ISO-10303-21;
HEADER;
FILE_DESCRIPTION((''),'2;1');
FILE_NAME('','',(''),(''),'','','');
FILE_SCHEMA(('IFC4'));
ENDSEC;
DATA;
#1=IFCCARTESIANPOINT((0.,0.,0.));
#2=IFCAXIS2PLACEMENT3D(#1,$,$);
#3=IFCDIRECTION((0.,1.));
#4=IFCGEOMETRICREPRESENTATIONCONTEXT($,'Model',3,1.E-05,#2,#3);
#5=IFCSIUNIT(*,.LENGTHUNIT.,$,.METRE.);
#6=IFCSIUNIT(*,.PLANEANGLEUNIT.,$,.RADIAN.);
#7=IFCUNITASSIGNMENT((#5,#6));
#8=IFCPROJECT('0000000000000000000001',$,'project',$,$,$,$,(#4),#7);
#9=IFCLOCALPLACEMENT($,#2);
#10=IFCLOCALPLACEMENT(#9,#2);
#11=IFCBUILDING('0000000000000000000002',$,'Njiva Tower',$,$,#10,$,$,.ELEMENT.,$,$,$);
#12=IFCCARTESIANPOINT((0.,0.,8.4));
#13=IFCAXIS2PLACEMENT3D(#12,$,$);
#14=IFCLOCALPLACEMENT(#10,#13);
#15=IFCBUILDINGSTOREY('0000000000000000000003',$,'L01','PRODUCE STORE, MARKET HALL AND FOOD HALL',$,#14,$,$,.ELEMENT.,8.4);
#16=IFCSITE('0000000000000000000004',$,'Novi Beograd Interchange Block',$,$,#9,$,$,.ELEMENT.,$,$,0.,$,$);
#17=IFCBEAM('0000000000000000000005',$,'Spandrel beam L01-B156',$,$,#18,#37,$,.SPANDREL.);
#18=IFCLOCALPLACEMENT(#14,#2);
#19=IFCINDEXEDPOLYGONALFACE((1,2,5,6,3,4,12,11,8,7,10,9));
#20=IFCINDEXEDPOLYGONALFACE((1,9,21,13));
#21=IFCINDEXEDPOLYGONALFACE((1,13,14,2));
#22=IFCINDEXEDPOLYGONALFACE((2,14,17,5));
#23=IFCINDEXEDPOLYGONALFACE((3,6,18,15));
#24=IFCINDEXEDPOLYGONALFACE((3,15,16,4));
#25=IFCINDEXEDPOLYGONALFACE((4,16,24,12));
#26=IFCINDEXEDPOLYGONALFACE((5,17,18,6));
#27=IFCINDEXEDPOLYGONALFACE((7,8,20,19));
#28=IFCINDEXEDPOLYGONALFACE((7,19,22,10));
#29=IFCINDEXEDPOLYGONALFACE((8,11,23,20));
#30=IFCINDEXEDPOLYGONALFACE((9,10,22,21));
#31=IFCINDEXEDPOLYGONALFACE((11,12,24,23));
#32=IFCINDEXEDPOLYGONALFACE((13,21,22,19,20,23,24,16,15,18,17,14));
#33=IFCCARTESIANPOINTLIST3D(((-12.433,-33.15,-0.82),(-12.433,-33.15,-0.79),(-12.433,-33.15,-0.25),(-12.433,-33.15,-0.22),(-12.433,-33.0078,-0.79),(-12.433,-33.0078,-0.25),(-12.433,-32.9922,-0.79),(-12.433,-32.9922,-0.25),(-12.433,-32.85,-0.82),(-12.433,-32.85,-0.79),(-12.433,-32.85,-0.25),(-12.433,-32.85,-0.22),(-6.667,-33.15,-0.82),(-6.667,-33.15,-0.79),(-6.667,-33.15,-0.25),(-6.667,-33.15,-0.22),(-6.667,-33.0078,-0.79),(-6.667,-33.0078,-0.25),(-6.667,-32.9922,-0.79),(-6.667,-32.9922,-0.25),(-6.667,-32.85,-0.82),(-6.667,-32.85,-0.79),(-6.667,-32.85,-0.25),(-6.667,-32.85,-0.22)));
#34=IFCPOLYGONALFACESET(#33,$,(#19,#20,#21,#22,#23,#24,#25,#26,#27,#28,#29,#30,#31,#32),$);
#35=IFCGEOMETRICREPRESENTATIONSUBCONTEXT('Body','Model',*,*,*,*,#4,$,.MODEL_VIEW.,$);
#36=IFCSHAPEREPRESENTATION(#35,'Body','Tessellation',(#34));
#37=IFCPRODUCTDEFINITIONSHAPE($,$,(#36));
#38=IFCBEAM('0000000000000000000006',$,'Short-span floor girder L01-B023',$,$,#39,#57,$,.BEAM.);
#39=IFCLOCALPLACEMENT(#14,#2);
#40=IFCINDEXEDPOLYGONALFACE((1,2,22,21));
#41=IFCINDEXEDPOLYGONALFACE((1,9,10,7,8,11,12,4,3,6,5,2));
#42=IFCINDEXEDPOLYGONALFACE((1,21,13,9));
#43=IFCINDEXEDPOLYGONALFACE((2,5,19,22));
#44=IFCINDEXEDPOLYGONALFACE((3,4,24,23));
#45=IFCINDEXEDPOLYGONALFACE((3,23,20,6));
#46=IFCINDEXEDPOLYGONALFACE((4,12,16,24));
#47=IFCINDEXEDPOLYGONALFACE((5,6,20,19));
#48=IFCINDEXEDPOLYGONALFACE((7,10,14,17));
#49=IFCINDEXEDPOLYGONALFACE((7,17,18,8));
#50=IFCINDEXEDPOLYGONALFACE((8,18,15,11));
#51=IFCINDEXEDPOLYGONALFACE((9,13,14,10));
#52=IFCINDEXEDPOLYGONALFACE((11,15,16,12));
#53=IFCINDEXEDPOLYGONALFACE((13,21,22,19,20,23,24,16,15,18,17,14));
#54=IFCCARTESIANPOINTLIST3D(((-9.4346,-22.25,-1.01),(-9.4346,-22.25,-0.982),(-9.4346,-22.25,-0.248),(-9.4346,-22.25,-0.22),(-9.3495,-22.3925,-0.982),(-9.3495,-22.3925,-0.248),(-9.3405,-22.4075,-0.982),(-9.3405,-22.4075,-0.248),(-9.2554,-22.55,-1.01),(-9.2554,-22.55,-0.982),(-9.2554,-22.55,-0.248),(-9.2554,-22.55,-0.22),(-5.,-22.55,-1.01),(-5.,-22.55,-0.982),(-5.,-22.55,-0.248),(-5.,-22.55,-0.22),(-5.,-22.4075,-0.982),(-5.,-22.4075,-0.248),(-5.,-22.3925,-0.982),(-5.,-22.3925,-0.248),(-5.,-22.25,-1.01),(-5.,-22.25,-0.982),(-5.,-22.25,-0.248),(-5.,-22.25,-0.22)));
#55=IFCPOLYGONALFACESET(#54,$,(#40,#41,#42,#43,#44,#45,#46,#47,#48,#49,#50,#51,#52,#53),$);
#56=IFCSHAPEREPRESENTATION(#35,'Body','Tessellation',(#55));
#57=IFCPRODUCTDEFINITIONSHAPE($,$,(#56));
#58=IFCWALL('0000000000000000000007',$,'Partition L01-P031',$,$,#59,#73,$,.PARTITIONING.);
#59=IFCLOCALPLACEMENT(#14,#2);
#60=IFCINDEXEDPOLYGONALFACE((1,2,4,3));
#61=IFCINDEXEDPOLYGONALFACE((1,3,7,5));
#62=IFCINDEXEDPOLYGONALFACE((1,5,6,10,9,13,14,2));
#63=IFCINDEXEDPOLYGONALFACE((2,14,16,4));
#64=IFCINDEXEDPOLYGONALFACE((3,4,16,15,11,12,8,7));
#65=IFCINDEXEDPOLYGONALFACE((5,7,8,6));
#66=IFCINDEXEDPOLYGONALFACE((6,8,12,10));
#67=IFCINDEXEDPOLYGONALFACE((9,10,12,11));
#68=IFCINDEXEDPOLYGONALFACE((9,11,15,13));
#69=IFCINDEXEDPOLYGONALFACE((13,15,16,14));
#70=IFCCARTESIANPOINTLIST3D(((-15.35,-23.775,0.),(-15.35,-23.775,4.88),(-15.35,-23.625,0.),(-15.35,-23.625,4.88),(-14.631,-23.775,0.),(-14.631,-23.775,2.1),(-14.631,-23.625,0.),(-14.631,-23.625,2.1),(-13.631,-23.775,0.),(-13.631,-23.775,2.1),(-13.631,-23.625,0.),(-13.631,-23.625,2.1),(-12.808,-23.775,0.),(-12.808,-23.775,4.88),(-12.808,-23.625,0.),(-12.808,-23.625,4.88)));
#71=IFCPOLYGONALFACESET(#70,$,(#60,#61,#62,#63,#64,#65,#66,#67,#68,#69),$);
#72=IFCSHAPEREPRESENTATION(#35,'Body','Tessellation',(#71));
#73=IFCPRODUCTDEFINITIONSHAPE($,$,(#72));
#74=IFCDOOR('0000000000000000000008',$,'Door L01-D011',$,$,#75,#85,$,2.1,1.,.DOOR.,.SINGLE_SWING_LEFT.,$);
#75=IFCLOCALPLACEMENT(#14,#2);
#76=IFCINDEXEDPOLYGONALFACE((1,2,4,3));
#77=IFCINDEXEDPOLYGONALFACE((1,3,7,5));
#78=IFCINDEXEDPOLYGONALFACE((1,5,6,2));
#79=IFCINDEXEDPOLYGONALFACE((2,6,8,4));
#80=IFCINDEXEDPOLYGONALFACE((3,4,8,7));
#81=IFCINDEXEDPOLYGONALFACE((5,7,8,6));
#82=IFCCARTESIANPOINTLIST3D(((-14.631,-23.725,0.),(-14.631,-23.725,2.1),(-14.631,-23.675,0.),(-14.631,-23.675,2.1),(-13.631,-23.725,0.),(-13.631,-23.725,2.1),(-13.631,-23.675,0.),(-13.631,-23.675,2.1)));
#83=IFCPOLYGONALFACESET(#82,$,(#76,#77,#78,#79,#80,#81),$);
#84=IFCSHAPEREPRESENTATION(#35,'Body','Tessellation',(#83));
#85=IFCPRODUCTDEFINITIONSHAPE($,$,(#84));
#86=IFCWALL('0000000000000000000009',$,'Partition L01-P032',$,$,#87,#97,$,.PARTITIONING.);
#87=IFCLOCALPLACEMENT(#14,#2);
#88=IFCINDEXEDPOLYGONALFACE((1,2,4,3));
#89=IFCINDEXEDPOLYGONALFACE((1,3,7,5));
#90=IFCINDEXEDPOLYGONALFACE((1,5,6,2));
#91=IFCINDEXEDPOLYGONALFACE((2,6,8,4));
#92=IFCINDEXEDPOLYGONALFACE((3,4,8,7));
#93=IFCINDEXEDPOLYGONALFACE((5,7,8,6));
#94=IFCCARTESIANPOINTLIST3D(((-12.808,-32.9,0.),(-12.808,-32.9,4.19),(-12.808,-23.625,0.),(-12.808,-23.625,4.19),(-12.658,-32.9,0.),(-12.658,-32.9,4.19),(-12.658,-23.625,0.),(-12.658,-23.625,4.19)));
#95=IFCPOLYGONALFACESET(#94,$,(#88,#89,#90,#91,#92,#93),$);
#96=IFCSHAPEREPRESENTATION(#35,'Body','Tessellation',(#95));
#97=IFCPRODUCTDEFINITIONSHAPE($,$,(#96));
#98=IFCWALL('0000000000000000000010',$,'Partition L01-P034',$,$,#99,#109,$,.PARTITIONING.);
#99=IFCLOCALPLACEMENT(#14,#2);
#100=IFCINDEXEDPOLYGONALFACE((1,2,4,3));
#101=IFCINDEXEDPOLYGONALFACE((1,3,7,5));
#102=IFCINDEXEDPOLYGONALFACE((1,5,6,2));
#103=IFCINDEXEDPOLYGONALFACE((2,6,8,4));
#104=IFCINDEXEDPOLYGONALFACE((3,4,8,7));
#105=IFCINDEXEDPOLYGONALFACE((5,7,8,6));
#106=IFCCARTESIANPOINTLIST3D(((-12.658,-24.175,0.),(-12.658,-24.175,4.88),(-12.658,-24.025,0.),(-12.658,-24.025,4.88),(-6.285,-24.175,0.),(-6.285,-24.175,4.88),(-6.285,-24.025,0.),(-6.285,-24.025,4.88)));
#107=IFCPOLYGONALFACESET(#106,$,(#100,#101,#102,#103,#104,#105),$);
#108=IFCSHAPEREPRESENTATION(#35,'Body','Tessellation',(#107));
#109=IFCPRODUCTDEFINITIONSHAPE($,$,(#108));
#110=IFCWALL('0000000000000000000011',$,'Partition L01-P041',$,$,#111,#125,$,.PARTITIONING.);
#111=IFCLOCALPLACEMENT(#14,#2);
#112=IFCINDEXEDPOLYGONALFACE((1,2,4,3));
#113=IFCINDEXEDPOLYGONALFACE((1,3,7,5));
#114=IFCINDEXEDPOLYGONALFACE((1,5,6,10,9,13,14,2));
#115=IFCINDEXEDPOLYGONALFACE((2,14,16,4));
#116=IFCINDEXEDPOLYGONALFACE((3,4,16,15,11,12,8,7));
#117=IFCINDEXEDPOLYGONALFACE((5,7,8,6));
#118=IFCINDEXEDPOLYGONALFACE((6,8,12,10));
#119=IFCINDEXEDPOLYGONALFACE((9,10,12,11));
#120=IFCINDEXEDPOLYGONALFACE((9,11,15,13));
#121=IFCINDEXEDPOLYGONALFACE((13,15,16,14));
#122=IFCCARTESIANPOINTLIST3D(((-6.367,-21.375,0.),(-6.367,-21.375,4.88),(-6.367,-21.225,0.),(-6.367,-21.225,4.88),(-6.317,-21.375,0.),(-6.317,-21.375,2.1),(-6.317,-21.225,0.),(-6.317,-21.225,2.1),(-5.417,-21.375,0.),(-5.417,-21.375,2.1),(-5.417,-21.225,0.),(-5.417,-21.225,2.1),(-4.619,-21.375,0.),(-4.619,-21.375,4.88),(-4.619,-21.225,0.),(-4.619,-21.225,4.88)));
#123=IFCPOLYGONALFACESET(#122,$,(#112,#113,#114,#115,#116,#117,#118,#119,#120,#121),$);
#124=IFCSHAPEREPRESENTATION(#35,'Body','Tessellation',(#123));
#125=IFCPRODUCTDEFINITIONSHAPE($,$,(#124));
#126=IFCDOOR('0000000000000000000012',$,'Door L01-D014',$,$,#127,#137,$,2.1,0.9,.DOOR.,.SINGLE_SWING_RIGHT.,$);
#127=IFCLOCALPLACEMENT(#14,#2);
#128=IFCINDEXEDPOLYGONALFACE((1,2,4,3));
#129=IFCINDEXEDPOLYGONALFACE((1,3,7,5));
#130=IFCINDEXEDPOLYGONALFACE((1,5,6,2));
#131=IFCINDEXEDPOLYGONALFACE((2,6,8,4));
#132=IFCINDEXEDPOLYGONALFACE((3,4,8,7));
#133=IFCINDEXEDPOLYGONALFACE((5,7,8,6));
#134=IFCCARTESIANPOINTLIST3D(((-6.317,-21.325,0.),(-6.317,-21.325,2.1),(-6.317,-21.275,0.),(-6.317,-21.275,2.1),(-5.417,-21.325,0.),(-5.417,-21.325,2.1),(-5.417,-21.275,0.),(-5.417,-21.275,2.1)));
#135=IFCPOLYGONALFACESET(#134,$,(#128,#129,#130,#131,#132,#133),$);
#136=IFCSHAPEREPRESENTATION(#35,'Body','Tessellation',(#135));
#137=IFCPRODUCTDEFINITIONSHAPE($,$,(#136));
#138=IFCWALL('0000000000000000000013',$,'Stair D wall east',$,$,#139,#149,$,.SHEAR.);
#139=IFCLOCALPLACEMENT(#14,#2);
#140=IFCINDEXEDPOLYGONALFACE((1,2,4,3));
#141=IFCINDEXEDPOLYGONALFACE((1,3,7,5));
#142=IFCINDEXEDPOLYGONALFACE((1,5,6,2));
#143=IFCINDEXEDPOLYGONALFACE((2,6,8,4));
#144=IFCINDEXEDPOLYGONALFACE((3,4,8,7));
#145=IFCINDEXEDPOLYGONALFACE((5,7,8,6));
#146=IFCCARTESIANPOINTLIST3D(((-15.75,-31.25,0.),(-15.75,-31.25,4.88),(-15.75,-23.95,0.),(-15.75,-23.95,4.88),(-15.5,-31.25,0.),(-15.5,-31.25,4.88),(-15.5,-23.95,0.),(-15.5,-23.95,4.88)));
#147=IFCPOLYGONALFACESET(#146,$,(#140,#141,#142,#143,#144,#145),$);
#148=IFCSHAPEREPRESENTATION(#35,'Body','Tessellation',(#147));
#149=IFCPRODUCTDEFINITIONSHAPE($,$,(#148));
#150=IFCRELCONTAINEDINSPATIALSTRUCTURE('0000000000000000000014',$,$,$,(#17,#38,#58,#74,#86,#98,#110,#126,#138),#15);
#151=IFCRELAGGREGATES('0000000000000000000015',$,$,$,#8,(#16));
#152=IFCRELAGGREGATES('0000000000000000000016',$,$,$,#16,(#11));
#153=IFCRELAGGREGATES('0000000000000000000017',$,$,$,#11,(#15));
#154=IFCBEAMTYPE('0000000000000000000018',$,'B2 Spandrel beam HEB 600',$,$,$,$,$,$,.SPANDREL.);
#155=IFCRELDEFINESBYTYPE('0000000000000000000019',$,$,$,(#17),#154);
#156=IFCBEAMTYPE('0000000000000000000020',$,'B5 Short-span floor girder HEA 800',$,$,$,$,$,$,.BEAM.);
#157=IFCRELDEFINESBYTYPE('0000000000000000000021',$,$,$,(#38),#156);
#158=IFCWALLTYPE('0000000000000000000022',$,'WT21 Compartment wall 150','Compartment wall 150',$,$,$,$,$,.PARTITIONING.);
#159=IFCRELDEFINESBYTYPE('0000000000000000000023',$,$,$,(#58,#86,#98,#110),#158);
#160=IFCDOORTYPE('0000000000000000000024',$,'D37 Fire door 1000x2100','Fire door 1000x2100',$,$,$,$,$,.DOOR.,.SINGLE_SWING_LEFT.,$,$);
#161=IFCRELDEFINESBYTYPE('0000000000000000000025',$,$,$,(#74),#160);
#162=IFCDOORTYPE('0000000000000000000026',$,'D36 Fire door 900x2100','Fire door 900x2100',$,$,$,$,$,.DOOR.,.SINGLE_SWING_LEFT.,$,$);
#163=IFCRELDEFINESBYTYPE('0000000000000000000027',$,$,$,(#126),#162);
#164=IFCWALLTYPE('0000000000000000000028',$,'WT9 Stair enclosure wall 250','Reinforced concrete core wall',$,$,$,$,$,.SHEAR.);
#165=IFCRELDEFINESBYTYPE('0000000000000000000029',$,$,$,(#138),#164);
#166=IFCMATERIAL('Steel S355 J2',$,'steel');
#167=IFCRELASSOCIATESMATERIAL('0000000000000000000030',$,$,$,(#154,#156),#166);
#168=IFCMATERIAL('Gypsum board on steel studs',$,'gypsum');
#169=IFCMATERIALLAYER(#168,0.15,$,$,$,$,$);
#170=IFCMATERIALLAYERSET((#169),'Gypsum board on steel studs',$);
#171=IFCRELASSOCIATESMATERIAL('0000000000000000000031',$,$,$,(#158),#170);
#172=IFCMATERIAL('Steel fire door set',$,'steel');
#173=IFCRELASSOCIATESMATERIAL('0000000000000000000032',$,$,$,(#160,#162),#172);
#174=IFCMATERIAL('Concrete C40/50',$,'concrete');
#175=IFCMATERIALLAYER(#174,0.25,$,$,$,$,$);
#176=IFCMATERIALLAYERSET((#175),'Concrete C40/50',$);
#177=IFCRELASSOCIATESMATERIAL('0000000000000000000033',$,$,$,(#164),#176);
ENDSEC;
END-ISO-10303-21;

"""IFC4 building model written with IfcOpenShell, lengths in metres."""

from ifc_helpers import new_model, si_unit, direction, frame, frame_2d, origin, origin_2d, place, context, subcontext, project, spatial, rectangle, i_section, extrude, clip, halfspace, material, layer, layer_set, material_profile, profile_set, type_object, element, fill, save


model = new_model("IFC4")

# Units and contexts
model_context = context("Model", 3, precision=1e-05, world=origin(), true_north=direction((0.0, 1.0)))
body_context = subcontext(model_context, "Body", "Model", "MODEL_VIEW")
ifc_project = project(units=[si_unit("LENGTHUNIT", "METRE"), si_unit("PLANEANGLEUNIT", "RADIAN")], contexts=[model_context])

# Site, building, storey
site_placement = place(None, origin())
site = spatial("IfcSite", under=ifc_project, at=site_placement, Name="Novi Beograd Interchange Block", CompositionType="ELEMENT", RefElevation=0.0)
building_placement = place(site_placement, origin())
building = spatial("IfcBuilding", under=site, at=building_placement, Name="Njiva Tower", CompositionType="ELEMENT")
storey_placement = place(building_placement, frame((0.0, 0.0, 8.4)))
storey = spatial("IfcBuildingStorey", under=building, at=storey_placement, Name="L01", Description="PRODUCE STORE, MARKET HALL AND FOOD HALL", CompositionType="ELEMENT", Elevation=8.4)

# Shared definitions
ifc_material_1 = material(Name="Steel S355 J2", Category="steel")

# Beams
ifc_material_profile_1 = material_profile(ifc_material_1, i_section(OverallWidth=0.3, OverallDepth=0.6, WebThickness=0.0155, FlangeThickness=0.03, at=origin_2d()), Name="HEB 600")
ifc_profile_set_1 = profile_set([ifc_material_profile_1], Name="Steel S355 J2")
beam_type_1 = type_object("IfcBeamType", Name="B2 Spandrel beam HEB 600", PredefinedType="SPANDREL", material=ifc_profile_set_1)
beam_1_placement = place(storey_placement, frame((-12.433, -33.0, -0.52), z_axis=(1.0, 0.0, 0.0), x_axis=(0.0, 1.0, 0.0)))
element("IfcBeam", 1, at=beam_1_placement, inside=storey, type_object=beam_type_1, Name="Spandrel beam L01-B156", PredefinedType="SPANDREL", context=body_context, shape_type="SweptSolid", body=[
    extrude(i_section(OverallWidth=0.3, OverallDepth=0.6, WebThickness=0.0155, FlangeThickness=0.03, at=origin_2d()), origin(), (0.0, 0.0, 1.0), 5.766),
])
ifc_material_profile_2 = material_profile(ifc_material_1, i_section(OverallWidth=0.3, OverallDepth=0.79, WebThickness=0.015, FlangeThickness=0.028, at=origin_2d()), Name="HEA 800")
ifc_profile_set_2 = profile_set([ifc_material_profile_2], Name="Steel S355 J2")
beam_type_2 = type_object("IfcBeamType", Name="B5 Short-span floor girder HEA 800", PredefinedType="BEAM", material=ifc_profile_set_2)
beam_2_placement = place(storey_placement, frame((-9.455, -22.4, -0.615), z_axis=(1.0, 0.0, 0.0), x_axis=(0.0, 1.0, 0.0)))
element("IfcBeam", 2, at=beam_2_placement, inside=storey, type_object=beam_type_2, Name="Short-span floor girder L01-B023", PredefinedType="BEAM", context=body_context, shape_type="Clipping", body=[
    clip(extrude(i_section(OverallWidth=0.3, OverallDepth=0.79, WebThickness=0.015, FlangeThickness=0.028, at=origin_2d()), origin(), (0.0, 0.0, 1.0), 4.455), halfspace(frame((-0.0256, 0.0, 0.1253), z_axis=(-0.512842, 0.0, -0.858483), x_axis=(0.0, -1.0, 0.0)), False)),
])

# Wall, opening, door
ifc_material_2 = material(Name="Gypsum board on steel studs", Category="gypsum")
ifc_layer_1 = layer(ifc_material_2, 0.15)
ifc_layer_set_1 = layer_set([ifc_layer_1], Name="Gypsum board on steel studs")
wall_type_1 = type_object("IfcWallType", Name="WT21 Compartment wall 150", Description="Compartment wall 150", PredefinedType="PARTITIONING", material=ifc_layer_set_1)
wall_1_placement = place(storey_placement, frame((-15.35, -23.7, 0.0), z_axis=(0.0, 0.0, 1.0), x_axis=(1.0, 0.0, 0.0)))
wall_1 = element("IfcWall", 3, at=wall_1_placement, inside=storey, type_object=wall_type_1, Name="Partition L01-P031", PredefinedType="PARTITIONING", context=body_context, shape_type="SweptSolid", body=[
    extrude(rectangle(XDim=2.542, YDim=0.15, at=frame_2d((1.271, 0.0))), origin(), (0.0, 0.0, 1.0), 4.88),
])
opening_1_placement = place(wall_1_placement, frame((0.719, 0.0, 0.0)))
opening_1 = element("IfcOpeningElement", 4, at=opening_1_placement, cuts=wall_1, PredefinedType="OPENING", context=body_context, shape_type="SweptSolid", body=[
    extrude(rectangle(XDim=1.0, YDim=2.1, at=frame_2d((0.5, 1.05))), frame((0.0, 0.085, 0.0), z_axis=(0.0, -1.0, 0.0), x_axis=(1.0, 0.0, 0.0)), (0.0, 0.0, 1.0), 0.17),
])
ifc_material_3 = material(Name="Steel fire door set", Category="steel")
door_type_1 = type_object("IfcDoorType", Name="D37 Fire door 1000x2100", Description="Fire door 1000x2100", OperationType="SINGLE_SWING_LEFT", PredefinedType="DOOR", material=ifc_material_3)
door_1_placement = place(opening_1_placement, origin())
door_1 = element("IfcDoor", 5, at=door_1_placement, inside=storey, type_object=door_type_1, Name="Door L01-D011", OperationType="SINGLE_SWING_LEFT", OverallHeight=2.1, OverallWidth=1.0, PredefinedType="DOOR", context=body_context, shape_type="SweptSolid", body=[
    extrude(rectangle(XDim=1.0, YDim=2.1, at=frame_2d((0.5, 1.05))), frame((0.0, 0.025, 0.0), z_axis=(0.0, -1.0, 0.0), x_axis=(1.0, 0.0, 0.0)), (0.0, 0.0, 1.0), 0.05),
])
fill(opening_1, door_1)

# Walls
wall_2_placement = place(storey_placement, frame((-12.733, -32.9, 0.0), z_axis=(0.0, 0.0, 1.0), x_axis=(0.0, 1.0, 0.0)))
element("IfcWall", 6, at=wall_2_placement, inside=storey, type_object=wall_type_1, Name="Partition L01-P032", PredefinedType="PARTITIONING", context=body_context, shape_type="SweptSolid", body=[
    extrude(rectangle(XDim=9.275, YDim=0.15, at=frame_2d((4.6375, 0.0))), origin(), (0.0, 0.0, 1.0), 4.19),
])
wall_3_placement = place(storey_placement, frame((-12.658, -24.1, 0.0), z_axis=(0.0, 0.0, 1.0), x_axis=(1.0, 0.0, 0.0)))
element("IfcWall", 7, at=wall_3_placement, inside=storey, type_object=wall_type_1, Name="Partition L01-P034", PredefinedType="PARTITIONING", context=body_context, shape_type="SweptSolid", body=[
    extrude(rectangle(XDim=6.373, YDim=0.15, at=frame_2d((3.1865, 0.0))), origin(), (0.0, 0.0, 1.0), 4.88),
])

# Wall, opening, door
wall_4_placement = place(storey_placement, frame((-6.367, -21.3, 0.0), z_axis=(0.0, 0.0, 1.0), x_axis=(1.0, 0.0, 0.0)))
wall_4 = element("IfcWall", 8, at=wall_4_placement, inside=storey, type_object=wall_type_1, Name="Partition L01-P041", PredefinedType="PARTITIONING", context=body_context, shape_type="SweptSolid", body=[
    extrude(rectangle(XDim=1.748, YDim=0.15, at=frame_2d((0.874, 0.0))), origin(), (0.0, 0.0, 1.0), 4.88),
])
opening_2_placement = place(wall_4_placement, frame((0.05, 0.0, 0.0)))
opening_2 = element("IfcOpeningElement", 9, at=opening_2_placement, cuts=wall_4, PredefinedType="OPENING", context=body_context, shape_type="SweptSolid", body=[
    extrude(rectangle(XDim=0.9, YDim=2.1, at=frame_2d((0.45, 1.05))), frame((0.0, 0.085, 0.0), z_axis=(0.0, -1.0, 0.0), x_axis=(1.0, 0.0, 0.0)), (0.0, 0.0, 1.0), 0.17),
])
door_type_2 = type_object("IfcDoorType", Name="D36 Fire door 900x2100", Description="Fire door 900x2100", OperationType="SINGLE_SWING_LEFT", PredefinedType="DOOR", material=ifc_material_3)
door_2_placement = place(opening_2_placement, origin())
door_2 = element("IfcDoor", 10, at=door_2_placement, inside=storey, type_object=door_type_2, Name="Door L01-D014", OperationType="SINGLE_SWING_RIGHT", OverallHeight=2.1, OverallWidth=0.9, PredefinedType="DOOR", context=body_context, shape_type="SweptSolid", body=[
    extrude(rectangle(XDim=0.9, YDim=2.1, at=frame_2d((0.45, 1.05))), frame((0.0, 0.025, 0.0), z_axis=(0.0, -1.0, 0.0), x_axis=(1.0, 0.0, 0.0)), (0.0, 0.0, 1.0), 0.05),
])
fill(opening_2, door_2)

# Wall
ifc_material_4 = material(Name="Concrete C40/50", Category="concrete")
ifc_layer_2 = layer(ifc_material_4, 0.25)
ifc_layer_set_2 = layer_set([ifc_layer_2], Name="Concrete C40/50")
wall_type_2 = type_object("IfcWallType", Name="WT9 Stair enclosure wall 250", Description="Reinforced concrete core wall", PredefinedType="SHEAR", material=ifc_layer_set_2)
wall_5_placement = place(storey_placement, frame((-15.625, -31.25, 0.0), z_axis=(0.0, 0.0, 1.0), x_axis=(0.0, 1.0, 0.0)))
element("IfcWall", 11, at=wall_5_placement, inside=storey, type_object=wall_type_2, Name="Stair D wall east", PredefinedType="SHEAR", context=body_context, shape_type="SweptSolid", body=[
    extrude(rectangle(XDim=7.3, YDim=0.25, at=frame_2d((3.65, 0.0))), origin(), (0.0, 0.0, 1.0), 4.88),
])

save(model, "model.ifc")
